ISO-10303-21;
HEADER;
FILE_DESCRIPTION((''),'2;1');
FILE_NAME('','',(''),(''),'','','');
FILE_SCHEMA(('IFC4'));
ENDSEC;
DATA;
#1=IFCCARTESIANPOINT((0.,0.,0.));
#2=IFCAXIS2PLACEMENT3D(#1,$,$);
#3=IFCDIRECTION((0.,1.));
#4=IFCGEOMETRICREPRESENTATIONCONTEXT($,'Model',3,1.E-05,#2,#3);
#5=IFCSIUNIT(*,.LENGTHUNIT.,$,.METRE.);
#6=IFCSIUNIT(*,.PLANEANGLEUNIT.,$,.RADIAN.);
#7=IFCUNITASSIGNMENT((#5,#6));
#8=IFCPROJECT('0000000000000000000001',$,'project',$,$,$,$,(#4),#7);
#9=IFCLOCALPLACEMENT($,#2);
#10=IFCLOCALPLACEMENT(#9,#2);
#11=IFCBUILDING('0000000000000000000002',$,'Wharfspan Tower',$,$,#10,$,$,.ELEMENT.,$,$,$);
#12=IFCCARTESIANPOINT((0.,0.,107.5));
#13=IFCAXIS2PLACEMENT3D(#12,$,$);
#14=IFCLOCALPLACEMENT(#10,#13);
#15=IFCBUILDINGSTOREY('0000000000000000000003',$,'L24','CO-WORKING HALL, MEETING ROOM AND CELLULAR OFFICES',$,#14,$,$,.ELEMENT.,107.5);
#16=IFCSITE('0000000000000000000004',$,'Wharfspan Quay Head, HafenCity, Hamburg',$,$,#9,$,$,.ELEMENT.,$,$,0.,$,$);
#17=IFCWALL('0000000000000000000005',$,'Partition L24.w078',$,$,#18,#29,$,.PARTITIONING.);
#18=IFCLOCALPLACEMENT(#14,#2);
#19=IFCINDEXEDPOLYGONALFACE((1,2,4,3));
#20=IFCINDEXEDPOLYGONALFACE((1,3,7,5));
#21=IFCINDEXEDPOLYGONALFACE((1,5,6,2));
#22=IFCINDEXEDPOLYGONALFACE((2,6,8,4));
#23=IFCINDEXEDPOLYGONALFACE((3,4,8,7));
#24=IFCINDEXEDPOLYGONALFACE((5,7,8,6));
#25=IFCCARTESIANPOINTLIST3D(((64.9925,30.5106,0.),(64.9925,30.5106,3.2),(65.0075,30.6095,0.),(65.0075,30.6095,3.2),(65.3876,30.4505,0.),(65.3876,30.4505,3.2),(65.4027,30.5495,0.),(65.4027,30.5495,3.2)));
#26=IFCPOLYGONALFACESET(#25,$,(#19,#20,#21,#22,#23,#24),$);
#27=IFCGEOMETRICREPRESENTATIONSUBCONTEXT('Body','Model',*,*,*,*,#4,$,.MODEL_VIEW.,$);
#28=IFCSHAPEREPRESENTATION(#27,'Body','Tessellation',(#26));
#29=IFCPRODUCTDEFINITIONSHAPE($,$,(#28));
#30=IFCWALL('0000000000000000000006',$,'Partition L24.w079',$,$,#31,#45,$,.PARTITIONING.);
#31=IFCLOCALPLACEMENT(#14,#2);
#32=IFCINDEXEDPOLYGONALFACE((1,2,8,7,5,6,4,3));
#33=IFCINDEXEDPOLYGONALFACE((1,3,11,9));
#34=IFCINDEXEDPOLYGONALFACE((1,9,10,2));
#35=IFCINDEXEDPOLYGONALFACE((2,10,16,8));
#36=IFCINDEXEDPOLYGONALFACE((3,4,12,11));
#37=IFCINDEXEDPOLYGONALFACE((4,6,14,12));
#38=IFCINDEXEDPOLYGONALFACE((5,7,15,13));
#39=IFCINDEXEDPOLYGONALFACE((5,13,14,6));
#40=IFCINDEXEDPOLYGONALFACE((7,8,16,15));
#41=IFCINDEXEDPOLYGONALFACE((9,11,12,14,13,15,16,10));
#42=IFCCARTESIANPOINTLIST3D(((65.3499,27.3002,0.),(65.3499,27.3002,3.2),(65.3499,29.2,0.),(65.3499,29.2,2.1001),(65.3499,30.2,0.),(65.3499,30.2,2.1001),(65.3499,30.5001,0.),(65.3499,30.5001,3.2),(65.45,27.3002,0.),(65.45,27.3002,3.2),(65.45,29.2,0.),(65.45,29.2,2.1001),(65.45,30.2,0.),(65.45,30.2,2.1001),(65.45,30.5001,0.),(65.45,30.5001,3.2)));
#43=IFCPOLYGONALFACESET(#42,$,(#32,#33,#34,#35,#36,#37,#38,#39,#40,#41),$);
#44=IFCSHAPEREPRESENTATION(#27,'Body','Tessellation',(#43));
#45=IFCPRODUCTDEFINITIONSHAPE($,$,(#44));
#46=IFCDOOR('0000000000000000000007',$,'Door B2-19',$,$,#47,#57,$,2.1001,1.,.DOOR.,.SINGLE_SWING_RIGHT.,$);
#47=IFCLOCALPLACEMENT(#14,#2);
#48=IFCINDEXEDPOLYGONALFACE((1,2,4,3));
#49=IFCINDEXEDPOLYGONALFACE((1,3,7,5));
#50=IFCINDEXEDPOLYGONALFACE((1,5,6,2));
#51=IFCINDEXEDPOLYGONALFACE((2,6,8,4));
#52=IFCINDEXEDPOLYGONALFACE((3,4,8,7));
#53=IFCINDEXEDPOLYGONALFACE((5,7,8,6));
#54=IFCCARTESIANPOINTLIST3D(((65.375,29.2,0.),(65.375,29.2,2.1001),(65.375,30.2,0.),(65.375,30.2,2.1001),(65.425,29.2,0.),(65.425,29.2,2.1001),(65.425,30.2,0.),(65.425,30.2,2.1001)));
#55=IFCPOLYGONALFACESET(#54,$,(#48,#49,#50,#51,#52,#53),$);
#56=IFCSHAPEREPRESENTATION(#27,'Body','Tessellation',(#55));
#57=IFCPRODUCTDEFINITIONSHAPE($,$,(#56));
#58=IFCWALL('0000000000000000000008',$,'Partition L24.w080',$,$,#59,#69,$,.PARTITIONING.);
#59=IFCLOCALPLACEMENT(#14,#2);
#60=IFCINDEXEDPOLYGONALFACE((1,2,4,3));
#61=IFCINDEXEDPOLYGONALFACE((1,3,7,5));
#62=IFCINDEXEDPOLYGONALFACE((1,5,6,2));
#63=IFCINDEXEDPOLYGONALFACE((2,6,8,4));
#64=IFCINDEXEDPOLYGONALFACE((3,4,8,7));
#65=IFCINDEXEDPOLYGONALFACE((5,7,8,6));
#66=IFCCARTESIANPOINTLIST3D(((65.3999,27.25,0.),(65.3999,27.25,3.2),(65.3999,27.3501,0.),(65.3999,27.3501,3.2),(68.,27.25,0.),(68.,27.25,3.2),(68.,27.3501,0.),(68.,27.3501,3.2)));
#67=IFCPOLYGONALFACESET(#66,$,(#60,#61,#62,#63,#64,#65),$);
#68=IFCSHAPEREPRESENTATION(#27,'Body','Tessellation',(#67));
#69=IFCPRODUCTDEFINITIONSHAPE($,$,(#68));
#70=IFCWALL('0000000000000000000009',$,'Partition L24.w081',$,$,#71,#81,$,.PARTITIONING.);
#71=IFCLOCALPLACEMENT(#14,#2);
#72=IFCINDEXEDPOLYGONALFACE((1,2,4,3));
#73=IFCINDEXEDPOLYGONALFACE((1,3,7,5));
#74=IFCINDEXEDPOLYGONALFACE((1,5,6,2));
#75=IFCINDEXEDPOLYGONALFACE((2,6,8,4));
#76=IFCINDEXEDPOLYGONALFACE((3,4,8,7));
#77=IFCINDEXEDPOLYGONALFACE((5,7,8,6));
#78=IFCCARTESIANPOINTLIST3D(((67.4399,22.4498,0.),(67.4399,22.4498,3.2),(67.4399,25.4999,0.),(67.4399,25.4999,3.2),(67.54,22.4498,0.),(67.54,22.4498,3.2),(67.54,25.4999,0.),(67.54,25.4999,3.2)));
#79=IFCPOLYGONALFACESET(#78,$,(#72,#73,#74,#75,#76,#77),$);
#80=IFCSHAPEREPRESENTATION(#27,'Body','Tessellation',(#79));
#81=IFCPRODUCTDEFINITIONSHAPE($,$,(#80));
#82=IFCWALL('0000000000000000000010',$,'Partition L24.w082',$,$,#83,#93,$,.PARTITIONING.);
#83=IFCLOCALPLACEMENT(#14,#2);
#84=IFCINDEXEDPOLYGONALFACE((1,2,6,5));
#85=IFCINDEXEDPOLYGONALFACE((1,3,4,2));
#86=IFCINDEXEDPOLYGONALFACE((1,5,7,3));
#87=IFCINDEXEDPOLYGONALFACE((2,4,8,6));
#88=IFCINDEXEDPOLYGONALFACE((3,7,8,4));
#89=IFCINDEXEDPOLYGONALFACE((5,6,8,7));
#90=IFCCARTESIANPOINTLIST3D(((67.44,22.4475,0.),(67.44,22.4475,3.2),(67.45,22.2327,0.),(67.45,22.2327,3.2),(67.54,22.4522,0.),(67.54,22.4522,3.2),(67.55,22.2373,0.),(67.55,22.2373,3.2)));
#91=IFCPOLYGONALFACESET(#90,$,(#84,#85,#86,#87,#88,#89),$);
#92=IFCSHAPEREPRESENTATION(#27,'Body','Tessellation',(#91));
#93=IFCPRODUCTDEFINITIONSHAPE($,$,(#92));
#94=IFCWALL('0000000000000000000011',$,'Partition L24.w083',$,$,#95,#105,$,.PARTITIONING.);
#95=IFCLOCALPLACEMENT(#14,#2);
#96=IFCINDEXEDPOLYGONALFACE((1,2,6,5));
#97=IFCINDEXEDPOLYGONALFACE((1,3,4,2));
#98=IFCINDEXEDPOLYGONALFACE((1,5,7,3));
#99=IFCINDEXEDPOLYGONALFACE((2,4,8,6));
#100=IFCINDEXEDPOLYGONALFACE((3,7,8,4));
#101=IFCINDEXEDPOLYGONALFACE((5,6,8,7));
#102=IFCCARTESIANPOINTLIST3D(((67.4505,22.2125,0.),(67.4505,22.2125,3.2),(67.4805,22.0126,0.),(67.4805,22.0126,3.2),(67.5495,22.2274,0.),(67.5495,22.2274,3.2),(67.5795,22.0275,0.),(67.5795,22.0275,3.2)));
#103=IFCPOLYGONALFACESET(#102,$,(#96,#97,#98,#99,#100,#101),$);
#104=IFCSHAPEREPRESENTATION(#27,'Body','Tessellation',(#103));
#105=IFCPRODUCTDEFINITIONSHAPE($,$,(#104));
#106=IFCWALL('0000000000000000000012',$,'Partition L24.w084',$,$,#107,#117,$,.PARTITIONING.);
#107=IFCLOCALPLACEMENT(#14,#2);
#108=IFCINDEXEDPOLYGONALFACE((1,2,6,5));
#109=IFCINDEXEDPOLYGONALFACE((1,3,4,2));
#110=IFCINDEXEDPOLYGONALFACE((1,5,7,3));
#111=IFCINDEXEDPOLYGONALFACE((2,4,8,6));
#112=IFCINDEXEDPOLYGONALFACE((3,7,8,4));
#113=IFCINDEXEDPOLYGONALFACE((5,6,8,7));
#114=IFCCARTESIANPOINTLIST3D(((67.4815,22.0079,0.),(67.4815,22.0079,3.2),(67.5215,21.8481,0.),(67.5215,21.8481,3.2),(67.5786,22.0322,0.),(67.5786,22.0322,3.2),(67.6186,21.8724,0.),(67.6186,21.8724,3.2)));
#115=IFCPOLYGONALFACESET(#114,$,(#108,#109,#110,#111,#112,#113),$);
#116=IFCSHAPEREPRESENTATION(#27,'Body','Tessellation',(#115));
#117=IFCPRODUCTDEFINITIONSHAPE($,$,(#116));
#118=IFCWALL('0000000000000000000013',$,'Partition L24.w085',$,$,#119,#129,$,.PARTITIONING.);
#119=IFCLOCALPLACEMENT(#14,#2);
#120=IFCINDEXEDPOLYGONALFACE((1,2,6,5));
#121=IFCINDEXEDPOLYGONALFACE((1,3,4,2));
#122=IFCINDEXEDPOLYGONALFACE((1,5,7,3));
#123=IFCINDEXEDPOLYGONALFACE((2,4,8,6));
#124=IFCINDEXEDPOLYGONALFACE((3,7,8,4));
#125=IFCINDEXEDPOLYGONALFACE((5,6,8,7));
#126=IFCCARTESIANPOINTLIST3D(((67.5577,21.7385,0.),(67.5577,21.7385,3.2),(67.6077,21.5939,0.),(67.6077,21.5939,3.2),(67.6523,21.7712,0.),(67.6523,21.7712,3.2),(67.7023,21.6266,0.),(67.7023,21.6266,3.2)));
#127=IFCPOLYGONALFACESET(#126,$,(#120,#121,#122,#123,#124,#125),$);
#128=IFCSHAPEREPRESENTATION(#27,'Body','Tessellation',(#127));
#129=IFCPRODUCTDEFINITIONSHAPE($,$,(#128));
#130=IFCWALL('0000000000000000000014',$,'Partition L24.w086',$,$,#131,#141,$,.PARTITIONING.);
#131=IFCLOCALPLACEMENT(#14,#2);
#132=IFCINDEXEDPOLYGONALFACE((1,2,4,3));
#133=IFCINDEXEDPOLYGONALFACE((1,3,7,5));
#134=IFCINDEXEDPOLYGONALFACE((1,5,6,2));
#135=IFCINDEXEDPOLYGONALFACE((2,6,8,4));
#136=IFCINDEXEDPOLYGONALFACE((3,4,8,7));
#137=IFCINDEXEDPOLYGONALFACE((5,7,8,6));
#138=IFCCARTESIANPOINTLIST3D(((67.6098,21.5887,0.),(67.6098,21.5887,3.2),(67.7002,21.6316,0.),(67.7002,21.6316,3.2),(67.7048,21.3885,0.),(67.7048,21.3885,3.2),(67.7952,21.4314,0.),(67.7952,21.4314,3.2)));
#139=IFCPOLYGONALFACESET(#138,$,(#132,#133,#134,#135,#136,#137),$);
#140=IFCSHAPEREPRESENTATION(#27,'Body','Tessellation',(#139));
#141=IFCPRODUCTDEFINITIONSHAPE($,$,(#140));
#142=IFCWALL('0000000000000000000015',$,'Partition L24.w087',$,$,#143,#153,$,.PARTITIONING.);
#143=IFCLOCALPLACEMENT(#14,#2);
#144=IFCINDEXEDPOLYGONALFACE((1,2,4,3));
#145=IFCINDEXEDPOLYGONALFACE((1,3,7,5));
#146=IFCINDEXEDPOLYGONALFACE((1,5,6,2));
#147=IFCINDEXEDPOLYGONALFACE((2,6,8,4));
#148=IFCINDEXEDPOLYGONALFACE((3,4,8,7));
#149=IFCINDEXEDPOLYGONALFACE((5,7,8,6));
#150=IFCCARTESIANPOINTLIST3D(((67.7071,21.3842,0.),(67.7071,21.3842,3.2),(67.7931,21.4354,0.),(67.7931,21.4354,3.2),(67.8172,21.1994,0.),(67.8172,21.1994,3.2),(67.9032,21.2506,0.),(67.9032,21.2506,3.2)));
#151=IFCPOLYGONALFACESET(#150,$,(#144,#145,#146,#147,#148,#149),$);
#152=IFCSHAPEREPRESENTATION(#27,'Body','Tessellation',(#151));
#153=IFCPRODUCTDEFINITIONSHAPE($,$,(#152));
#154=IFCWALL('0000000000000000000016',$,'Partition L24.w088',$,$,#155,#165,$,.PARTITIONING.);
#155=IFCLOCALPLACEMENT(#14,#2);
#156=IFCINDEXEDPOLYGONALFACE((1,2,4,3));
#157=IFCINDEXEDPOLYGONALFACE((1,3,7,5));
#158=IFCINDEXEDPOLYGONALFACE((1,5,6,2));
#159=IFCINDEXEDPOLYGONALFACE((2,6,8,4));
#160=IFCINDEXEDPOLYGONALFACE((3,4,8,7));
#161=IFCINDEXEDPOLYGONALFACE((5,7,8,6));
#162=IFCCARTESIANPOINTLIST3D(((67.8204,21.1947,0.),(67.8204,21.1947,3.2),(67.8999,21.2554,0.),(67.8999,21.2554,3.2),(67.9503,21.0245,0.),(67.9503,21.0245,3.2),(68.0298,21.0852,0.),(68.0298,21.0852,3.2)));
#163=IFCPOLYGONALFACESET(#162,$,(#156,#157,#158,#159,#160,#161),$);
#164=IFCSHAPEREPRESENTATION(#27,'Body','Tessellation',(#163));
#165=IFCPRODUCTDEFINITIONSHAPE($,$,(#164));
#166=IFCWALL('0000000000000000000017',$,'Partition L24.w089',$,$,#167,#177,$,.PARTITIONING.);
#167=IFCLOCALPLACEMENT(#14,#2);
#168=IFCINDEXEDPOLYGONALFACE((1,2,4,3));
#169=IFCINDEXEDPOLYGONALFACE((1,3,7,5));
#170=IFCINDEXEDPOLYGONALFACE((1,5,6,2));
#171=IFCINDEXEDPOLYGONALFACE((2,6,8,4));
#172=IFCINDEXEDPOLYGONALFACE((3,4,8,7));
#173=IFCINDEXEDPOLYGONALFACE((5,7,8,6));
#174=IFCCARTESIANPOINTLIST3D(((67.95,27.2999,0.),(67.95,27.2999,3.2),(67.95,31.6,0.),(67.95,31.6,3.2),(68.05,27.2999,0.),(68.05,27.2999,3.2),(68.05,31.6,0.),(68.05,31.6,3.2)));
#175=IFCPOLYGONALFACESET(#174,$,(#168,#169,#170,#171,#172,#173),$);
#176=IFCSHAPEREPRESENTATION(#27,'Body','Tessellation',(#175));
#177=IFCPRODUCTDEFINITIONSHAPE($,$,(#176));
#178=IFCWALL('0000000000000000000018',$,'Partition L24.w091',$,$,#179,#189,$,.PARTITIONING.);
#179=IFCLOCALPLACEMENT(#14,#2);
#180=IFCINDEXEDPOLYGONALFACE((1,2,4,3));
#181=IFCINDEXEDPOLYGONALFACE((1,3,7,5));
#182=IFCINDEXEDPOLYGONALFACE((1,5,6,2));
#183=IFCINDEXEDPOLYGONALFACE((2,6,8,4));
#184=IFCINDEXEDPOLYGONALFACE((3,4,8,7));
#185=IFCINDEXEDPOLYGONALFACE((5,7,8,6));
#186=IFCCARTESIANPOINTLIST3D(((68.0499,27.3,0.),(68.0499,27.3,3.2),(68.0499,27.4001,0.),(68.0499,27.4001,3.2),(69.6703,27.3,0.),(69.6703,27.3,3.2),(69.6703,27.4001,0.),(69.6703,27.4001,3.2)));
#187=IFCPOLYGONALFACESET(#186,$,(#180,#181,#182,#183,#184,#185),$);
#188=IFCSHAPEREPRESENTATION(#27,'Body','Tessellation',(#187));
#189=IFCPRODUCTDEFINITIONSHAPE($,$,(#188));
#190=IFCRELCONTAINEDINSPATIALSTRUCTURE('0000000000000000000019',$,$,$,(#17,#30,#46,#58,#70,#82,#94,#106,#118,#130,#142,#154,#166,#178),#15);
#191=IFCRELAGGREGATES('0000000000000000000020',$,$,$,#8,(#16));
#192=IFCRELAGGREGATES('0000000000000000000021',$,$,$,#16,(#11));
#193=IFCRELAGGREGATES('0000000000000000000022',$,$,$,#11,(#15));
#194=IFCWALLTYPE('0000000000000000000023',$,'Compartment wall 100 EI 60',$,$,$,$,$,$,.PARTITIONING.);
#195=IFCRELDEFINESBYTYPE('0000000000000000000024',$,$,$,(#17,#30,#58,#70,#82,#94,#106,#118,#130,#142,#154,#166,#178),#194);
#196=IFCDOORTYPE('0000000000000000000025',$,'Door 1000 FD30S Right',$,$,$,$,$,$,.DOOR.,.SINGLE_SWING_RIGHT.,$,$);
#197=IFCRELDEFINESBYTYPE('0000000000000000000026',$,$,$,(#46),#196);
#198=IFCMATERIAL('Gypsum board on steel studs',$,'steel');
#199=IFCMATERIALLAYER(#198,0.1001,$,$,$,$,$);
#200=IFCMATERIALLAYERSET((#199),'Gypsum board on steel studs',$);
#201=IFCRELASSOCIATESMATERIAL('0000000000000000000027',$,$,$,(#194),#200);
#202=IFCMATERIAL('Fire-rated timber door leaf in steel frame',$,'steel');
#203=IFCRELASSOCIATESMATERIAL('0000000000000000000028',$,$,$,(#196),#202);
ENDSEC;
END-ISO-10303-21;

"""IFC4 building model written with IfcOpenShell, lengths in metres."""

from ifc_helpers import new_model, si_unit, direction, frame, frame_2d, origin, place, context, subcontext, project, spatial, rectangle, extrude, material, layer, layer_set, type_object, element, fill, save


model = new_model("IFC4")

# Units and contexts
model_context = context("Model", 3, precision=1e-05, world=origin(), true_north=direction((0.0, 1.0)))
body_context = subcontext(model_context, "Body", "Model", "MODEL_VIEW")
ifc_project = project(units=[si_unit("LENGTHUNIT", "METRE"), si_unit("PLANEANGLEUNIT", "RADIAN")], contexts=[model_context])

# Site, building, storey
site_placement = place(None, origin())
site = spatial("IfcSite", under=ifc_project, at=site_placement, Name="Wharfspan Quay Head, HafenCity, Hamburg", CompositionType="ELEMENT", RefElevation=0.0)
building_placement = place(site_placement, origin())
building = spatial("IfcBuilding", under=site, at=building_placement, Name="Wharfspan Tower", CompositionType="ELEMENT")
storey_placement = place(building_placement, frame((0.0, 0.0, 107.5)))
storey = spatial("IfcBuildingStorey", under=building, at=storey_placement, Name="L24", Description="CO-WORKING HALL, MEETING ROOM AND CELLULAR OFFICES", CompositionType="ELEMENT", Elevation=107.5)

# Shared definitions
ifc_material_1 = material(Name="Gypsum board on steel studs", Category="steel")
ifc_layer_1 = layer(ifc_material_1, 0.1001)
ifc_layer_set_1 = layer_set([ifc_layer_1], Name="Gypsum board on steel studs")
wall_type_1 = type_object("IfcWallType", Name="Compartment wall 100 EI 60", PredefinedType="PARTITIONING", material=ifc_layer_set_1)

# Shared definitions
ifc_material_2 = material(Name="Fire-rated timber door leaf in steel frame", Category="steel")
door_type_1 = type_object("IfcDoorType", Name="Door 1000 FD30S Right", OperationType="SINGLE_SWING_RIGHT", PredefinedType="DOOR", material=ifc_material_2)

# Wall
wall_1_placement = place(storey_placement, frame((65.395, 30.5, 0.0), z_axis=(0.0, 0.0, 1.0), x_axis=(-0.988637, 0.150312, 0.0)))
element("IfcWall", 1, at=wall_1_placement, inside=storey, type_object=wall_type_1, Name="Partition L24.w078", PredefinedType="PARTITIONING", context=body_context, shape_type="SweptSolid", body=[
    extrude(rectangle(XDim=0.3997, YDim=0.1001, at=frame_2d((0.1997, 0.0))), origin(), (0.0, 0.0, 1.0), 3.2),
])

# Wall, opening, door
wall_2_placement = place(storey_placement, frame((65.3999, 27.3, 0.0), z_axis=(0.0, 0.0, 1.0), x_axis=(0.0, 1.0, 0.0)))
wall_2 = element("IfcWall", 2, at=wall_2_placement, inside=storey, type_object=wall_type_1, Name="Partition L24.w079", PredefinedType="PARTITIONING", context=body_context, shape_type="SweptSolid", body=[
    extrude(rectangle(XDim=3.2, YDim=0.1001, at=frame_2d((1.6001, 0.0))), origin(), (0.0, 0.0, 1.0), 3.2),
])
opening_1_placement = place(wall_2_placement, frame((1.8999, 0.0, 0.0)))
opening_1 = element("IfcOpeningElement", 3, at=opening_1_placement, cuts=wall_2, PredefinedType="OPENING", context=body_context, shape_type="SweptSolid", body=[
    extrude(rectangle(XDim=1.0, YDim=2.1001, at=frame_2d((0.5, 1.05))), frame((0.0, 0.0601, 0.0), z_axis=(0.0, -1.0, 0.0), x_axis=(1.0, 0.0, 0.0)), (0.0, 0.0, 1.0), 0.1201),
])
door_1_placement = place(opening_1_placement, origin())
door_1 = element("IfcDoor", 4, at=door_1_placement, inside=storey, type_object=door_type_1, Name="Door B2-19", OperationType="SINGLE_SWING_RIGHT", OverallHeight=2.1001, OverallWidth=1.0, PredefinedType="DOOR", context=body_context, shape_type="SweptSolid", body=[
    extrude(rectangle(XDim=1.0, YDim=2.1001, at=frame_2d((0.5, 1.05))), frame((0.0, 0.0249, 0.0), z_axis=(0.0, -1.0, 0.0), x_axis=(1.0, 0.0, 0.0)), (0.0, 0.0, 1.0), 0.05),
])
fill(opening_1, door_1)

# Walls
wall_3_placement = place(storey_placement, frame((65.3999, 27.3, 0.0), z_axis=(0.0, 0.0, 1.0), x_axis=(1.0, 0.0, 0.0)))
element("IfcWall", 5, at=wall_3_placement, inside=storey, type_object=wall_type_1, Name="Partition L24.w080", PredefinedType="PARTITIONING", context=body_context, shape_type="SweptSolid", body=[
    extrude(rectangle(XDim=2.6001, YDim=0.1001, at=frame_2d((1.3, 0.0))), origin(), (0.0, 0.0, 1.0), 3.2),
])
wall_4_placement = place(storey_placement, frame((67.49, 22.45, 0.0), z_axis=(0.0, 0.0, 1.0), x_axis=(0.0, 1.0, 0.0)))
element("IfcWall", 6, at=wall_4_placement, inside=storey, type_object=wall_type_1, Name="Partition L24.w081", PredefinedType="PARTITIONING", context=body_context, shape_type="SweptSolid", body=[
    extrude(rectangle(XDim=3.05, YDim=0.1001, at=frame_2d((1.5249, 0.0))), origin(), (0.0, 0.0, 1.0), 3.2),
])
wall_5_placement = place(storey_placement, frame((67.5, 22.2351, 0.0), z_axis=(0.0, 0.0, 1.0), x_axis=(-0.04654, 0.998912, 0.0)))
element("IfcWall", 7, at=wall_5_placement, inside=storey, type_object=wall_type_1, Name="Partition L24.w082", PredefinedType="PARTITIONING", context=body_context, shape_type="SweptSolid", body=[
    extrude(rectangle(XDim=0.2151, YDim=0.1001, at=frame_2d((0.1074, 0.0))), origin(), (0.0, 0.0, 1.0), 3.2),
])
wall_6_placement = place(storey_placement, frame((67.53, 22.02, 0.0), z_axis=(0.0, 0.0, 1.0), x_axis=(-0.148517, 0.988906, 0.0)))
element("IfcWall", 8, at=wall_6_placement, inside=storey, type_object=wall_type_1, Name="Partition L24.w083", PredefinedType="PARTITIONING", context=body_context, shape_type="SweptSolid", body=[
    extrude(rectangle(XDim=0.2021, YDim=0.1001, at=frame_2d((0.1011, 0.0))), origin(), (0.0, 0.0, 1.0), 3.2),
])
wall_7_placement = place(storey_placement, frame((67.5701, 21.8601, 0.0), z_axis=(0.0, 0.0, 1.0), x_axis=(-0.242884, 0.970055, 0.0)))
element("IfcWall", 9, at=wall_7_placement, inside=storey, type_object=wall_type_1, Name="Partition L24.w084", PredefinedType="PARTITIONING", context=body_context, shape_type="SweptSolid", body=[
    extrude(rectangle(XDim=0.1648, YDim=0.1001, at=frame_2d((0.0825, 0.0))), origin(), (0.0, 0.0, 1.0), 3.2),
])
wall_8_placement = place(storey_placement, frame((67.655, 21.6101, 0.0), z_axis=(0.0, 0.0, 1.0), x_axis=(-0.326726, 0.945115, 0.0)))
element("IfcWall", 10, at=wall_8_placement, inside=storey, type_object=wall_type_1, Name="Partition L24.w085", PredefinedType="PARTITIONING", context=body_context, shape_type="SweptSolid", body=[
    extrude(rectangle(XDim=0.1531, YDim=0.1001, at=frame_2d((0.0767, 0.0))), origin(), (0.0, 0.0, 1.0), 3.2),
])
wall_9_placement = place(storey_placement, frame((67.75, 21.4099, 0.0), z_axis=(0.0, 0.0, 1.0), x_axis=(-0.428606, 0.903488, 0.0)))
element("IfcWall", 11, at=wall_9_placement, inside=storey, type_object=wall_type_1, Name="Partition L24.w086", PredefinedType="PARTITIONING", context=body_context, shape_type="SweptSolid", body=[
    extrude(rectangle(XDim=0.2217, YDim=0.1001, at=frame_2d((0.1108, 0.0))), origin(), (0.0, 0.0, 1.0), 3.2),
])
wall_10_placement = place(storey_placement, frame((67.8601, 21.2251, 0.0), z_axis=(0.0, 0.0, 1.0), x_axis=(-0.511823, 0.859091, 0.0)))
element("IfcWall", 12, at=wall_10_placement, inside=storey, type_object=wall_type_1, Name="Partition L24.w087", PredefinedType="PARTITIONING", context=body_context, shape_type="SweptSolid", body=[
    extrude(rectangle(XDim=0.2151, YDim=0.1001, at=frame_2d((0.1074, 0.0))), origin(), (0.0, 0.0, 1.0), 3.2),
])
wall_11_placement = place(storey_placement, frame((67.99, 21.0549, 0.0), z_axis=(0.0, 0.0, 1.0), x_axis=(-0.606728, 0.794905, 0.0)))
element("IfcWall", 13, at=wall_11_placement, inside=storey, type_object=wall_type_1, Name="Partition L24.w088", PredefinedType="PARTITIONING", context=body_context, shape_type="SweptSolid", body=[
    extrude(rectangle(XDim=0.2141, YDim=0.1001, at=frame_2d((0.1069, 0.0))), origin(), (0.0, 0.0, 1.0), 3.2),
])
wall_12_placement = place(storey_placement, frame((68.0, 27.3, 0.0), z_axis=(0.0, 0.0, 1.0), x_axis=(0.0, 1.0, 0.0)))
element("IfcWall", 14, at=wall_12_placement, inside=storey, type_object=wall_type_1, Name="Partition L24.w089", PredefinedType="PARTITIONING", context=body_context, shape_type="SweptSolid", body=[
    extrude(rectangle(XDim=4.3, YDim=0.1001, at=frame_2d((2.1499, 0.0))), origin(), (0.0, 0.0, 1.0), 3.2),
])
wall_13_placement = place(storey_placement, frame((68.05, 27.3501, 0.0), z_axis=(0.0, 0.0, 1.0), x_axis=(1.0, 0.0, 0.0)))
element("IfcWall", 15, at=wall_13_placement, inside=storey, type_object=wall_type_1, Name="Partition L24.w091", PredefinedType="PARTITIONING", context=body_context, shape_type="SweptSolid", body=[
    extrude(rectangle(XDim=1.6204, YDim=0.1001, at=frame_2d((0.8101, 0.0))), origin(), (0.0, 0.0, 1.0), 3.2),
])

save(model, "model.ifc")
